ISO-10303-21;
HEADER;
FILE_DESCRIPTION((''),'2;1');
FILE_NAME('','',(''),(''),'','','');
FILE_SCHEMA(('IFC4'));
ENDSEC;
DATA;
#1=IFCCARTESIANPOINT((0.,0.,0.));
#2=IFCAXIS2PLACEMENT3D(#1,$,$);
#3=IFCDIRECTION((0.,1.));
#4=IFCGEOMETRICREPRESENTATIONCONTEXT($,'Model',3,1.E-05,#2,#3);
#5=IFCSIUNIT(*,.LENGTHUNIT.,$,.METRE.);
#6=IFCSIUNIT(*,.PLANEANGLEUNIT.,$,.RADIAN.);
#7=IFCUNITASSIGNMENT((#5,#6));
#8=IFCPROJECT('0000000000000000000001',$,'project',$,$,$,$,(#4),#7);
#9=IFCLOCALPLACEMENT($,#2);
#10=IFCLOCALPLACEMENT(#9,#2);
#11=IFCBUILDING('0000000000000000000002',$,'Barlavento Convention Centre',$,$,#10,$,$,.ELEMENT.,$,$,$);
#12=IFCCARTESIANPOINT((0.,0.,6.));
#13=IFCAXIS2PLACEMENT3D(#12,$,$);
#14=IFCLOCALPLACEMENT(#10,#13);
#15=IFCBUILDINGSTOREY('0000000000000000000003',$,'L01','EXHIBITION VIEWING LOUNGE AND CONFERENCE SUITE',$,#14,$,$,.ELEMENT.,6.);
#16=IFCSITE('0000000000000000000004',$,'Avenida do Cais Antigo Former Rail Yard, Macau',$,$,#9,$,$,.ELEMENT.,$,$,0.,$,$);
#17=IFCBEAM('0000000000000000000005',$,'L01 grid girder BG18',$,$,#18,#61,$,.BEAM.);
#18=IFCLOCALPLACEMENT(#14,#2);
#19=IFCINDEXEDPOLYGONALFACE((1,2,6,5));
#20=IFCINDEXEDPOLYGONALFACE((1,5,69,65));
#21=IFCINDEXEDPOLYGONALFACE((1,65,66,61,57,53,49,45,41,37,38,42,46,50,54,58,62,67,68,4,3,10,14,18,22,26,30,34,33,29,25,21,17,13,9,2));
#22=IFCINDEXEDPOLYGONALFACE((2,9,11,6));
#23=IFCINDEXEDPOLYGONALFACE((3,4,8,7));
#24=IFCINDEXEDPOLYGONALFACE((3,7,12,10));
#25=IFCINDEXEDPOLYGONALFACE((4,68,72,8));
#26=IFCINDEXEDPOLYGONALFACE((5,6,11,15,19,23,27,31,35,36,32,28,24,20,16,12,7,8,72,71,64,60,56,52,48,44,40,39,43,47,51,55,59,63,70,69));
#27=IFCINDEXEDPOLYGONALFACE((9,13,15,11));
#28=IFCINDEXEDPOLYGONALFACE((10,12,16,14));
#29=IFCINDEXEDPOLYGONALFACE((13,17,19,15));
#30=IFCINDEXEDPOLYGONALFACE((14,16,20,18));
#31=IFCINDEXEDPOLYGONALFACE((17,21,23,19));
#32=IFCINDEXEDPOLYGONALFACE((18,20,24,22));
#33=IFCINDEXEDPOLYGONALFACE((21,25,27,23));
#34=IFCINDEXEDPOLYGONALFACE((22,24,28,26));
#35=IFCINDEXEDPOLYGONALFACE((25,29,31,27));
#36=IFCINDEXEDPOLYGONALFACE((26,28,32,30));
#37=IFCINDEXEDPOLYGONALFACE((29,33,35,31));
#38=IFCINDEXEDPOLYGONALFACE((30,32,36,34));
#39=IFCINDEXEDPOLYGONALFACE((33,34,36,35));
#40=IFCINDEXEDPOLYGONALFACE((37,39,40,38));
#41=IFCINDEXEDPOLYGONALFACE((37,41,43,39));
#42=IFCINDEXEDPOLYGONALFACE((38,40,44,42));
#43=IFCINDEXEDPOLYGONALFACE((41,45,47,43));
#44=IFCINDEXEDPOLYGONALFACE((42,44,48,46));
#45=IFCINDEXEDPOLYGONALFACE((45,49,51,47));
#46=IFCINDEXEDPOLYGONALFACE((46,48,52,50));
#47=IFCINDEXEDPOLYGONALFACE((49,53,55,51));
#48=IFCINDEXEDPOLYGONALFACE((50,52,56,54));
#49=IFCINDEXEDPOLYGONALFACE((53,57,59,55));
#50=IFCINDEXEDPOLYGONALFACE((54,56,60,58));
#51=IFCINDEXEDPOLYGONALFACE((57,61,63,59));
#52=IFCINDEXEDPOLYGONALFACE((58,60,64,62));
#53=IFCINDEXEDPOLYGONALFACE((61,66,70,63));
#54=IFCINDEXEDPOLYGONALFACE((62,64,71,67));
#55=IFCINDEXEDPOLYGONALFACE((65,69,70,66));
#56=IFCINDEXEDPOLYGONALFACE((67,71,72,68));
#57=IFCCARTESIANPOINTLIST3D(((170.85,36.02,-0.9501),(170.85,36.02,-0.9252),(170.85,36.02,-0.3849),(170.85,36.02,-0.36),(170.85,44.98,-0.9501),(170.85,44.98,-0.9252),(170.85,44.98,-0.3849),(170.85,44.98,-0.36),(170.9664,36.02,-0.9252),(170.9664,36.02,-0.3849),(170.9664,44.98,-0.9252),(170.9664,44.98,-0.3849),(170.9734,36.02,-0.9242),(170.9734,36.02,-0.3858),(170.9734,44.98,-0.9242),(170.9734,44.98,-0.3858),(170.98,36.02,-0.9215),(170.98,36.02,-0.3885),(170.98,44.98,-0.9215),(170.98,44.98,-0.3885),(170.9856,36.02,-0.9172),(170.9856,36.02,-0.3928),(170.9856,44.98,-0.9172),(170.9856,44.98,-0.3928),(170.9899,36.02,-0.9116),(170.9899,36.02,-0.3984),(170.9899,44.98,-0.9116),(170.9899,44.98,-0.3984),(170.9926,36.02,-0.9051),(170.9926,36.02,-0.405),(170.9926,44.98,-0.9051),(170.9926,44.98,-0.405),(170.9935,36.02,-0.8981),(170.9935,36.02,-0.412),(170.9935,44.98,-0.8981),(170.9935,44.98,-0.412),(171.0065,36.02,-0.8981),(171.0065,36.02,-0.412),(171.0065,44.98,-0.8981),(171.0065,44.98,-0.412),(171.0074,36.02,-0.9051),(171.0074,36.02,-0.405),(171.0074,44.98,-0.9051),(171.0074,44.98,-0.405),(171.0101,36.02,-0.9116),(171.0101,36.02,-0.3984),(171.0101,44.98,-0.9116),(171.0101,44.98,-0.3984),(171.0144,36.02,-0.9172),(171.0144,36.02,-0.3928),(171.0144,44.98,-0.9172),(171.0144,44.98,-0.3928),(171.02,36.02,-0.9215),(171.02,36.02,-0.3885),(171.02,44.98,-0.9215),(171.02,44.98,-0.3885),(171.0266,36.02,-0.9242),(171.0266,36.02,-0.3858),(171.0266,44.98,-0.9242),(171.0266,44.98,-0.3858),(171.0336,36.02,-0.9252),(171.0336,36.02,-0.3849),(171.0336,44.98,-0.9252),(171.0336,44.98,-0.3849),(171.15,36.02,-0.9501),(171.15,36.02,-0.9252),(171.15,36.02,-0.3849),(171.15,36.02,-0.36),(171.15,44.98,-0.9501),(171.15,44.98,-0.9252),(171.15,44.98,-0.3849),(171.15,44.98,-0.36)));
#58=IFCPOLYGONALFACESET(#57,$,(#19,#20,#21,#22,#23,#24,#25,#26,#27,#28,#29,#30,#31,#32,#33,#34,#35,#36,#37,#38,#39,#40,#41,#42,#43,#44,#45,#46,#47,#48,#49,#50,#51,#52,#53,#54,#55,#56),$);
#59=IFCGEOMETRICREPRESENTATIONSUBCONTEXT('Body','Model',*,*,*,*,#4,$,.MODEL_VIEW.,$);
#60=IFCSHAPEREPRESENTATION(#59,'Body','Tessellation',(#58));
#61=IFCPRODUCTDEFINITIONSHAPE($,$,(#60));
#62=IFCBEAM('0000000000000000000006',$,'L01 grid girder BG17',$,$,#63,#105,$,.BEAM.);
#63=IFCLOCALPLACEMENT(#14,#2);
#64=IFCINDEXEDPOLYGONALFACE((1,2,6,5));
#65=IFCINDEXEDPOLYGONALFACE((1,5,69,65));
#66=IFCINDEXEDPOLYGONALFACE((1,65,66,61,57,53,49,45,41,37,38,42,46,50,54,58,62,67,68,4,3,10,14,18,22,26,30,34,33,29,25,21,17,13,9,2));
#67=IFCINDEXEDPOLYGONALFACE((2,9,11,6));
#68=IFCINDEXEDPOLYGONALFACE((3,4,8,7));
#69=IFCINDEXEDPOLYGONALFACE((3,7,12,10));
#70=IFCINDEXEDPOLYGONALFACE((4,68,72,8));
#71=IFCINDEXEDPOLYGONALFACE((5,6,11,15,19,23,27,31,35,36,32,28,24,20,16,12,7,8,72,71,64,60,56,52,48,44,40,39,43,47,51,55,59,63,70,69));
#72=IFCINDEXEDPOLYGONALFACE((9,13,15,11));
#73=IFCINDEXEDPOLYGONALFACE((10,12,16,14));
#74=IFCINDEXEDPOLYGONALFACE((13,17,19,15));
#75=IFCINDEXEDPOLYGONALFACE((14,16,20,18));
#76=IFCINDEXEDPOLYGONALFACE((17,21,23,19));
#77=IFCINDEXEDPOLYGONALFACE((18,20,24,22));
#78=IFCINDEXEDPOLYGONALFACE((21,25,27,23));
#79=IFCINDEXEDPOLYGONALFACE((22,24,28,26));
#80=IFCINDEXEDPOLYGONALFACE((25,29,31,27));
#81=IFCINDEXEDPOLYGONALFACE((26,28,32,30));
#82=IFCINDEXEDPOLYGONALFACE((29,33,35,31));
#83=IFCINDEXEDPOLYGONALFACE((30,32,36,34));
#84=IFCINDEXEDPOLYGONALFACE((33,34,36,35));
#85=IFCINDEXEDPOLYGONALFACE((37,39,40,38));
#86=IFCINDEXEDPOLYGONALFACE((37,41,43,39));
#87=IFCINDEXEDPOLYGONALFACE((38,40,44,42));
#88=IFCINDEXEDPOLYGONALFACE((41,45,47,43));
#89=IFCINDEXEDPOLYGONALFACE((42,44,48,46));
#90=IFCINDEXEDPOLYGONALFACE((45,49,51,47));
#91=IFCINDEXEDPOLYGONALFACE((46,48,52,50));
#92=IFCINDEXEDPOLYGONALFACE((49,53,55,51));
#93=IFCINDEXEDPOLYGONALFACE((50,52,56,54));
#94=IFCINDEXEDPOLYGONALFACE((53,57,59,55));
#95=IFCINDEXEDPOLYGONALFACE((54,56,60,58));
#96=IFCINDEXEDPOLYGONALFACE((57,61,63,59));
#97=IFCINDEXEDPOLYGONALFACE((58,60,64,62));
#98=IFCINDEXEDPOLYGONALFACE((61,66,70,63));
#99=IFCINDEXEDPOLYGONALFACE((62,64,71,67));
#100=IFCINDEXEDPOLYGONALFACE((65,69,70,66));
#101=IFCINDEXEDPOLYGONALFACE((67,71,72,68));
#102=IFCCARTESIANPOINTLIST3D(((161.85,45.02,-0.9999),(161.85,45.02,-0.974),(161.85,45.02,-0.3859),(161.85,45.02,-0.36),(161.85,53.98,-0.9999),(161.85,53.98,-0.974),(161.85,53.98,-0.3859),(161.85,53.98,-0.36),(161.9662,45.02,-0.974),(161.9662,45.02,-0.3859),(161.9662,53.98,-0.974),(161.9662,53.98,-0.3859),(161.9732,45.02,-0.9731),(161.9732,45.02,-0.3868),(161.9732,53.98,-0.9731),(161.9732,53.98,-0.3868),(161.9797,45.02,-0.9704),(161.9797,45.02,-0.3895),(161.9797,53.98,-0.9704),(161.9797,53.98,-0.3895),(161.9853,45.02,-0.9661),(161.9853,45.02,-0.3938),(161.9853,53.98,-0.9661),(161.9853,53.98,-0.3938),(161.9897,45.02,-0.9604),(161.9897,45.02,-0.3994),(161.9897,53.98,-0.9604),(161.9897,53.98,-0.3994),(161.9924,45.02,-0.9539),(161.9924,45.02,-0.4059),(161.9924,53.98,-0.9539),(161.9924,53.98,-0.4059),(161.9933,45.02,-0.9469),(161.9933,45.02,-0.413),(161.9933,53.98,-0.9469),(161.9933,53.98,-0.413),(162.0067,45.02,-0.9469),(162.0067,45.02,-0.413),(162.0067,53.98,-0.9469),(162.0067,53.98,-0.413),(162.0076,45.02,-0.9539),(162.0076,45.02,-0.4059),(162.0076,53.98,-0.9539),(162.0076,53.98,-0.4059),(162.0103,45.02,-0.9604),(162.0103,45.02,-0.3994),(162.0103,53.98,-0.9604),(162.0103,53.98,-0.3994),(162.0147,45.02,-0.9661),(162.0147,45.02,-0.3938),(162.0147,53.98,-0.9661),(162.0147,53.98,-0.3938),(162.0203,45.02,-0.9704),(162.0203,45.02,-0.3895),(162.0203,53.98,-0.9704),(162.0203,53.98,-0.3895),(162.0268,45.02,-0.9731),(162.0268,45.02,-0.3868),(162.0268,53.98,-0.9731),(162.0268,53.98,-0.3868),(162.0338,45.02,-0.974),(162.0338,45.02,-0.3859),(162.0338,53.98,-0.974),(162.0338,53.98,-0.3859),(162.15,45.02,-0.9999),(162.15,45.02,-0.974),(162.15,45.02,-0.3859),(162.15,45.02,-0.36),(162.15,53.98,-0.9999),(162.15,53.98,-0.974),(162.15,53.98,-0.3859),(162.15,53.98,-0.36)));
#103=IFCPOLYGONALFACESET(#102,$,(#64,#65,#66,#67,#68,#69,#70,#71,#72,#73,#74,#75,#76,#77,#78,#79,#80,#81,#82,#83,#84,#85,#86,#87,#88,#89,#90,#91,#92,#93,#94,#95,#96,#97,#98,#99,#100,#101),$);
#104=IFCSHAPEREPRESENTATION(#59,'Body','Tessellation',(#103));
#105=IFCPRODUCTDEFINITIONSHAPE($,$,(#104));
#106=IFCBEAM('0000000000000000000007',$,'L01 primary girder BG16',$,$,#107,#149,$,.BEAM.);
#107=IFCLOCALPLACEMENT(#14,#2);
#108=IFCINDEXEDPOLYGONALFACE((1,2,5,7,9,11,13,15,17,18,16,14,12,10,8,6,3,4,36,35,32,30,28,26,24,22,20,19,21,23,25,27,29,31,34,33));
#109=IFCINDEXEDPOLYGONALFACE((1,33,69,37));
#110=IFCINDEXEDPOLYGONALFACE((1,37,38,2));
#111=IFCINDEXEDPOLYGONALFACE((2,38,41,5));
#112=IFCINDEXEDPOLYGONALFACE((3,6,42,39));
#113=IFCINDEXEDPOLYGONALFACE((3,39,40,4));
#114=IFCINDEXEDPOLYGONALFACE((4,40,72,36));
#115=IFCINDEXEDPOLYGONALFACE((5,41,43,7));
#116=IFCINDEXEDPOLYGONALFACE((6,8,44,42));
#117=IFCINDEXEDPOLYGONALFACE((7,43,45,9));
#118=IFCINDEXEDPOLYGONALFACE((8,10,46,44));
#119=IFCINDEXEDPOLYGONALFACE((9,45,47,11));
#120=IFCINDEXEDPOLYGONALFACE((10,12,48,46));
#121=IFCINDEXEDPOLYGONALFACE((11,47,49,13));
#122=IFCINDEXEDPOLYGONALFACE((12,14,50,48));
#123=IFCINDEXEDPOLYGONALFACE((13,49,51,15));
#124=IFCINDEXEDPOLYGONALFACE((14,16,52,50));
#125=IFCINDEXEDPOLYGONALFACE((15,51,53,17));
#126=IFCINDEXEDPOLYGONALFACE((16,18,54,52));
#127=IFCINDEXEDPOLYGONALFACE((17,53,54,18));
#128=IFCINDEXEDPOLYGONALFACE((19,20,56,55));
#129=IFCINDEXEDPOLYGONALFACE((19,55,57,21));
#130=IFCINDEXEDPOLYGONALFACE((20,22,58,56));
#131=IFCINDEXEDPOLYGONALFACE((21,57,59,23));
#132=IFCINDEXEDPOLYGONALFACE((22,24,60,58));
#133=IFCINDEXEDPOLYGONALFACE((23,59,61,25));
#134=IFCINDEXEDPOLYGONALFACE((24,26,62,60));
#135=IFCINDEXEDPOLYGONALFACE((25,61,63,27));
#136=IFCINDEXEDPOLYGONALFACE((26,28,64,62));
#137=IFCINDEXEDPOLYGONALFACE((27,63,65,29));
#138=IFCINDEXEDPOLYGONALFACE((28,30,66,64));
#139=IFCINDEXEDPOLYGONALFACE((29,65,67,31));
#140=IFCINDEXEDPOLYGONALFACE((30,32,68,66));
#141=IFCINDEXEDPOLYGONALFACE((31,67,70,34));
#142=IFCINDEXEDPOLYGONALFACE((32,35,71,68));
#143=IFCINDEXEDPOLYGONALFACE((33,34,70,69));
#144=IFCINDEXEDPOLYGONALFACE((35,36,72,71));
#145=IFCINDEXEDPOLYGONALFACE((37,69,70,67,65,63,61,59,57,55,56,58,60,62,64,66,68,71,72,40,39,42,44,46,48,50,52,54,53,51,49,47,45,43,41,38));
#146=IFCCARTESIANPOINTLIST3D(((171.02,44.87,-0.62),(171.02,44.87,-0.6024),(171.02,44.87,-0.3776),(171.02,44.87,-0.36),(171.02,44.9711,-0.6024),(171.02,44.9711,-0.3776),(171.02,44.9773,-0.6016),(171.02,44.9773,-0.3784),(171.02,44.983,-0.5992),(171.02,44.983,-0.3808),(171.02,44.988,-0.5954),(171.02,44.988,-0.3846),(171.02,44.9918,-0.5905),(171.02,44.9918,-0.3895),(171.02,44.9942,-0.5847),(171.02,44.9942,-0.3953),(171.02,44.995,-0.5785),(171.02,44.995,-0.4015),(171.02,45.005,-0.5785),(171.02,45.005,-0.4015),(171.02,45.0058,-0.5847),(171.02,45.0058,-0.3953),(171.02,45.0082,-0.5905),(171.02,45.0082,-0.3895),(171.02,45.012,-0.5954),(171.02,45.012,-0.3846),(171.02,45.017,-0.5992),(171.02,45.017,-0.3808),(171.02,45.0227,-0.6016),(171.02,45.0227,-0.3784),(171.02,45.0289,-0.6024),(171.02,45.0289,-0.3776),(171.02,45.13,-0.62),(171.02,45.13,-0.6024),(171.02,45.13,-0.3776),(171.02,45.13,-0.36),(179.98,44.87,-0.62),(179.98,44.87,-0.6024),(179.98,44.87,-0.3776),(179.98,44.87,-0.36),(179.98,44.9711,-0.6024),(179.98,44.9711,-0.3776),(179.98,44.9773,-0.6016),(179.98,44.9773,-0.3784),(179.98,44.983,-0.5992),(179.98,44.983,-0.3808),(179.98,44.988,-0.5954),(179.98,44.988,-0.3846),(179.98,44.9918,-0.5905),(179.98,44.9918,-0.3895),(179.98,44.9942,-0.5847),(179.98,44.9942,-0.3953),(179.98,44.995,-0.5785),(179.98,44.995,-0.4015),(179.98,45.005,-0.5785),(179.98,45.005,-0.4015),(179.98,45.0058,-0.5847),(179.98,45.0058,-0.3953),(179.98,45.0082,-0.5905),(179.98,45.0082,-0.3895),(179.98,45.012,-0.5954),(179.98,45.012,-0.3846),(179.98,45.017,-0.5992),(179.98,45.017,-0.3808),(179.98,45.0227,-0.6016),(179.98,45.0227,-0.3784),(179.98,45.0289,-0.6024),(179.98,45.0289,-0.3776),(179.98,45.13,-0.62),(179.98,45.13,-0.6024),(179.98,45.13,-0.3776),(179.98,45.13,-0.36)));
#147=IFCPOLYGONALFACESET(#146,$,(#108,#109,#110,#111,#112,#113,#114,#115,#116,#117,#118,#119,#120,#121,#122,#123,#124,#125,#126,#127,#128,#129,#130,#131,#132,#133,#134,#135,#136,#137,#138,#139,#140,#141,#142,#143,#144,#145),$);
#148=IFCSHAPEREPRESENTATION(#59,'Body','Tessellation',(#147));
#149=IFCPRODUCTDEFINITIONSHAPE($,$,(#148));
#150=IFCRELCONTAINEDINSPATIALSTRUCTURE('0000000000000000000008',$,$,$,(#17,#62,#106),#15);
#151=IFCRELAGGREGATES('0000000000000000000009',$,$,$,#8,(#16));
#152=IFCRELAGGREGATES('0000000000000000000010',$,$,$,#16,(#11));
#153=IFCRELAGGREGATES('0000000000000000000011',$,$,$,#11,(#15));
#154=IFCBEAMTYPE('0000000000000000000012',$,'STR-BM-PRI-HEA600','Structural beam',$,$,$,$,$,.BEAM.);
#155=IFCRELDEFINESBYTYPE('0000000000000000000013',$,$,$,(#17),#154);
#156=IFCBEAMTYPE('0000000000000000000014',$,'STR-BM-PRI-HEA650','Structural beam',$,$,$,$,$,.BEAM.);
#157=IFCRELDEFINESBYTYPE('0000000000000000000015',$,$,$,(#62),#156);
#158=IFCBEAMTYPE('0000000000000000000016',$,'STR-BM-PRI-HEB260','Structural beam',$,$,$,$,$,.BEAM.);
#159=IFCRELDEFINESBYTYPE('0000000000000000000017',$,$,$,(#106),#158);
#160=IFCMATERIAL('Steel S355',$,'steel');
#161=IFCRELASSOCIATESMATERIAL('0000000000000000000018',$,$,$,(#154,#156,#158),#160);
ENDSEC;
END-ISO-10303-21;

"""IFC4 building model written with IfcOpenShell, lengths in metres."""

from ifc_helpers import new_model, si_unit, direction, frame, origin, origin_2d, place, context, subcontext, project, spatial, i_section, extrude, material, material_profile, profile_set, type_object, element, save


model = new_model("IFC4")

# Units and contexts
model_context = context("Model", 3, precision=1e-05, world=origin(), true_north=direction((0.0, 1.0)))
body_context = subcontext(model_context, "Body", "Model", "MODEL_VIEW")
ifc_project = project(units=[si_unit("LENGTHUNIT", "METRE"), si_unit("PLANEANGLEUNIT", "RADIAN")], contexts=[model_context])

# Site, building, storey
site_placement = place(None, origin())
site = spatial("IfcSite", under=ifc_project, at=site_placement, Name="Avenida do Cais Antigo Former Rail Yard, Macau", CompositionType="ELEMENT", RefElevation=0.0)
building_placement = place(site_placement, origin())
building = spatial("IfcBuilding", under=site, at=building_placement, Name="Barlavento Convention Centre", CompositionType="ELEMENT")
storey_placement = place(building_placement, frame((0.0, 0.0, 6.0)))
storey = spatial("IfcBuildingStorey", under=building, at=storey_placement, Name="L01", Description="EXHIBITION VIEWING LOUNGE AND CONFERENCE SUITE", CompositionType="ELEMENT", Elevation=6.0)

# Shared definitions
ifc_material_1 = material(Name="Steel S355", Category="steel")

# Beams
ifc_material_profile_1 = material_profile(ifc_material_1, i_section(OverallWidth=0.3, OverallDepth=0.5901, WebThickness=0.0129, FlangeThickness=0.0249, FilletRadius=0.0271, at=origin_2d()), Name="HEA 600")
ifc_profile_set_1 = profile_set([ifc_material_profile_1], Name="Steel S355")
beam_type_1 = type_object("IfcBeamType", Name="STR-BM-PRI-HEA600", Description="Structural beam", PredefinedType="BEAM", material=ifc_profile_set_1)
beam_1_placement = place(storey_placement, frame((171.0, 36.02, -0.655), z_axis=(0.0, 1.0, 0.0), x_axis=(-1.0, 0.0, 0.0)))
element("IfcBeam", 1, at=beam_1_placement, inside=storey, type_object=beam_type_1, Name="L01 grid girder BG18", PredefinedType="BEAM", context=body_context, shape_type="SweptSolid", body=[
    extrude(i_section(OverallWidth=0.3, OverallDepth=0.5901, WebThickness=0.0129, FlangeThickness=0.0249, FilletRadius=0.0271, at=origin_2d()), origin(), (0.0, 0.0, 1.0), 8.96),
])
ifc_material_profile_2 = material_profile(ifc_material_1, i_section(OverallWidth=0.3, OverallDepth=0.6399, WebThickness=0.0134, FlangeThickness=0.0259, FilletRadius=0.0271, at=origin_2d()), Name="HEA 650")
ifc_profile_set_2 = profile_set([ifc_material_profile_2], Name="Steel S355")
beam_type_2 = type_object("IfcBeamType", Name="STR-BM-PRI-HEA650", Description="Structural beam", PredefinedType="BEAM", material=ifc_profile_set_2)
beam_2_placement = place(storey_placement, frame((162.0, 45.02, -0.6799), z_axis=(0.0, 1.0, 0.0), x_axis=(-1.0, 0.0, 0.0)))
element("IfcBeam", 2, at=beam_2_placement, inside=storey, type_object=beam_type_2, Name="L01 grid girder BG17", PredefinedType="BEAM", context=body_context, shape_type="SweptSolid", body=[
    extrude(i_section(OverallWidth=0.3, OverallDepth=0.6399, WebThickness=0.0134, FlangeThickness=0.0259, FilletRadius=0.0271, at=origin_2d()), origin(), (0.0, 0.0, 1.0), 8.96),
])
ifc_material_profile_3 = material_profile(ifc_material_1, i_section(OverallWidth=0.26, OverallDepth=0.26, WebThickness=0.01, FlangeThickness=0.0176, FilletRadius=0.0239, at=origin_2d()), Name="HEB 260")
ifc_profile_set_3 = profile_set([ifc_material_profile_3], Name="Steel S355")
beam_type_3 = type_object("IfcBeamType", Name="STR-BM-PRI-HEB260", Description="Structural beam", PredefinedType="BEAM", material=ifc_profile_set_3)
beam_3_placement = place(storey_placement, frame((171.02, 45.0, -0.49), z_axis=(1.0, 0.0, 0.0), x_axis=(0.0, 1.0, 0.0)))
element("IfcBeam", 3, at=beam_3_placement, inside=storey, type_object=beam_type_3, Name="L01 primary girder BG16", PredefinedType="BEAM", context=body_context, shape_type="SweptSolid", body=[
    extrude(i_section(OverallWidth=0.26, OverallDepth=0.26, WebThickness=0.01, FlangeThickness=0.0176, FilletRadius=0.0239, at=origin_2d()), origin(), (0.0, 0.0, 1.0), 8.96),
])

save(model, "model.ifc")
